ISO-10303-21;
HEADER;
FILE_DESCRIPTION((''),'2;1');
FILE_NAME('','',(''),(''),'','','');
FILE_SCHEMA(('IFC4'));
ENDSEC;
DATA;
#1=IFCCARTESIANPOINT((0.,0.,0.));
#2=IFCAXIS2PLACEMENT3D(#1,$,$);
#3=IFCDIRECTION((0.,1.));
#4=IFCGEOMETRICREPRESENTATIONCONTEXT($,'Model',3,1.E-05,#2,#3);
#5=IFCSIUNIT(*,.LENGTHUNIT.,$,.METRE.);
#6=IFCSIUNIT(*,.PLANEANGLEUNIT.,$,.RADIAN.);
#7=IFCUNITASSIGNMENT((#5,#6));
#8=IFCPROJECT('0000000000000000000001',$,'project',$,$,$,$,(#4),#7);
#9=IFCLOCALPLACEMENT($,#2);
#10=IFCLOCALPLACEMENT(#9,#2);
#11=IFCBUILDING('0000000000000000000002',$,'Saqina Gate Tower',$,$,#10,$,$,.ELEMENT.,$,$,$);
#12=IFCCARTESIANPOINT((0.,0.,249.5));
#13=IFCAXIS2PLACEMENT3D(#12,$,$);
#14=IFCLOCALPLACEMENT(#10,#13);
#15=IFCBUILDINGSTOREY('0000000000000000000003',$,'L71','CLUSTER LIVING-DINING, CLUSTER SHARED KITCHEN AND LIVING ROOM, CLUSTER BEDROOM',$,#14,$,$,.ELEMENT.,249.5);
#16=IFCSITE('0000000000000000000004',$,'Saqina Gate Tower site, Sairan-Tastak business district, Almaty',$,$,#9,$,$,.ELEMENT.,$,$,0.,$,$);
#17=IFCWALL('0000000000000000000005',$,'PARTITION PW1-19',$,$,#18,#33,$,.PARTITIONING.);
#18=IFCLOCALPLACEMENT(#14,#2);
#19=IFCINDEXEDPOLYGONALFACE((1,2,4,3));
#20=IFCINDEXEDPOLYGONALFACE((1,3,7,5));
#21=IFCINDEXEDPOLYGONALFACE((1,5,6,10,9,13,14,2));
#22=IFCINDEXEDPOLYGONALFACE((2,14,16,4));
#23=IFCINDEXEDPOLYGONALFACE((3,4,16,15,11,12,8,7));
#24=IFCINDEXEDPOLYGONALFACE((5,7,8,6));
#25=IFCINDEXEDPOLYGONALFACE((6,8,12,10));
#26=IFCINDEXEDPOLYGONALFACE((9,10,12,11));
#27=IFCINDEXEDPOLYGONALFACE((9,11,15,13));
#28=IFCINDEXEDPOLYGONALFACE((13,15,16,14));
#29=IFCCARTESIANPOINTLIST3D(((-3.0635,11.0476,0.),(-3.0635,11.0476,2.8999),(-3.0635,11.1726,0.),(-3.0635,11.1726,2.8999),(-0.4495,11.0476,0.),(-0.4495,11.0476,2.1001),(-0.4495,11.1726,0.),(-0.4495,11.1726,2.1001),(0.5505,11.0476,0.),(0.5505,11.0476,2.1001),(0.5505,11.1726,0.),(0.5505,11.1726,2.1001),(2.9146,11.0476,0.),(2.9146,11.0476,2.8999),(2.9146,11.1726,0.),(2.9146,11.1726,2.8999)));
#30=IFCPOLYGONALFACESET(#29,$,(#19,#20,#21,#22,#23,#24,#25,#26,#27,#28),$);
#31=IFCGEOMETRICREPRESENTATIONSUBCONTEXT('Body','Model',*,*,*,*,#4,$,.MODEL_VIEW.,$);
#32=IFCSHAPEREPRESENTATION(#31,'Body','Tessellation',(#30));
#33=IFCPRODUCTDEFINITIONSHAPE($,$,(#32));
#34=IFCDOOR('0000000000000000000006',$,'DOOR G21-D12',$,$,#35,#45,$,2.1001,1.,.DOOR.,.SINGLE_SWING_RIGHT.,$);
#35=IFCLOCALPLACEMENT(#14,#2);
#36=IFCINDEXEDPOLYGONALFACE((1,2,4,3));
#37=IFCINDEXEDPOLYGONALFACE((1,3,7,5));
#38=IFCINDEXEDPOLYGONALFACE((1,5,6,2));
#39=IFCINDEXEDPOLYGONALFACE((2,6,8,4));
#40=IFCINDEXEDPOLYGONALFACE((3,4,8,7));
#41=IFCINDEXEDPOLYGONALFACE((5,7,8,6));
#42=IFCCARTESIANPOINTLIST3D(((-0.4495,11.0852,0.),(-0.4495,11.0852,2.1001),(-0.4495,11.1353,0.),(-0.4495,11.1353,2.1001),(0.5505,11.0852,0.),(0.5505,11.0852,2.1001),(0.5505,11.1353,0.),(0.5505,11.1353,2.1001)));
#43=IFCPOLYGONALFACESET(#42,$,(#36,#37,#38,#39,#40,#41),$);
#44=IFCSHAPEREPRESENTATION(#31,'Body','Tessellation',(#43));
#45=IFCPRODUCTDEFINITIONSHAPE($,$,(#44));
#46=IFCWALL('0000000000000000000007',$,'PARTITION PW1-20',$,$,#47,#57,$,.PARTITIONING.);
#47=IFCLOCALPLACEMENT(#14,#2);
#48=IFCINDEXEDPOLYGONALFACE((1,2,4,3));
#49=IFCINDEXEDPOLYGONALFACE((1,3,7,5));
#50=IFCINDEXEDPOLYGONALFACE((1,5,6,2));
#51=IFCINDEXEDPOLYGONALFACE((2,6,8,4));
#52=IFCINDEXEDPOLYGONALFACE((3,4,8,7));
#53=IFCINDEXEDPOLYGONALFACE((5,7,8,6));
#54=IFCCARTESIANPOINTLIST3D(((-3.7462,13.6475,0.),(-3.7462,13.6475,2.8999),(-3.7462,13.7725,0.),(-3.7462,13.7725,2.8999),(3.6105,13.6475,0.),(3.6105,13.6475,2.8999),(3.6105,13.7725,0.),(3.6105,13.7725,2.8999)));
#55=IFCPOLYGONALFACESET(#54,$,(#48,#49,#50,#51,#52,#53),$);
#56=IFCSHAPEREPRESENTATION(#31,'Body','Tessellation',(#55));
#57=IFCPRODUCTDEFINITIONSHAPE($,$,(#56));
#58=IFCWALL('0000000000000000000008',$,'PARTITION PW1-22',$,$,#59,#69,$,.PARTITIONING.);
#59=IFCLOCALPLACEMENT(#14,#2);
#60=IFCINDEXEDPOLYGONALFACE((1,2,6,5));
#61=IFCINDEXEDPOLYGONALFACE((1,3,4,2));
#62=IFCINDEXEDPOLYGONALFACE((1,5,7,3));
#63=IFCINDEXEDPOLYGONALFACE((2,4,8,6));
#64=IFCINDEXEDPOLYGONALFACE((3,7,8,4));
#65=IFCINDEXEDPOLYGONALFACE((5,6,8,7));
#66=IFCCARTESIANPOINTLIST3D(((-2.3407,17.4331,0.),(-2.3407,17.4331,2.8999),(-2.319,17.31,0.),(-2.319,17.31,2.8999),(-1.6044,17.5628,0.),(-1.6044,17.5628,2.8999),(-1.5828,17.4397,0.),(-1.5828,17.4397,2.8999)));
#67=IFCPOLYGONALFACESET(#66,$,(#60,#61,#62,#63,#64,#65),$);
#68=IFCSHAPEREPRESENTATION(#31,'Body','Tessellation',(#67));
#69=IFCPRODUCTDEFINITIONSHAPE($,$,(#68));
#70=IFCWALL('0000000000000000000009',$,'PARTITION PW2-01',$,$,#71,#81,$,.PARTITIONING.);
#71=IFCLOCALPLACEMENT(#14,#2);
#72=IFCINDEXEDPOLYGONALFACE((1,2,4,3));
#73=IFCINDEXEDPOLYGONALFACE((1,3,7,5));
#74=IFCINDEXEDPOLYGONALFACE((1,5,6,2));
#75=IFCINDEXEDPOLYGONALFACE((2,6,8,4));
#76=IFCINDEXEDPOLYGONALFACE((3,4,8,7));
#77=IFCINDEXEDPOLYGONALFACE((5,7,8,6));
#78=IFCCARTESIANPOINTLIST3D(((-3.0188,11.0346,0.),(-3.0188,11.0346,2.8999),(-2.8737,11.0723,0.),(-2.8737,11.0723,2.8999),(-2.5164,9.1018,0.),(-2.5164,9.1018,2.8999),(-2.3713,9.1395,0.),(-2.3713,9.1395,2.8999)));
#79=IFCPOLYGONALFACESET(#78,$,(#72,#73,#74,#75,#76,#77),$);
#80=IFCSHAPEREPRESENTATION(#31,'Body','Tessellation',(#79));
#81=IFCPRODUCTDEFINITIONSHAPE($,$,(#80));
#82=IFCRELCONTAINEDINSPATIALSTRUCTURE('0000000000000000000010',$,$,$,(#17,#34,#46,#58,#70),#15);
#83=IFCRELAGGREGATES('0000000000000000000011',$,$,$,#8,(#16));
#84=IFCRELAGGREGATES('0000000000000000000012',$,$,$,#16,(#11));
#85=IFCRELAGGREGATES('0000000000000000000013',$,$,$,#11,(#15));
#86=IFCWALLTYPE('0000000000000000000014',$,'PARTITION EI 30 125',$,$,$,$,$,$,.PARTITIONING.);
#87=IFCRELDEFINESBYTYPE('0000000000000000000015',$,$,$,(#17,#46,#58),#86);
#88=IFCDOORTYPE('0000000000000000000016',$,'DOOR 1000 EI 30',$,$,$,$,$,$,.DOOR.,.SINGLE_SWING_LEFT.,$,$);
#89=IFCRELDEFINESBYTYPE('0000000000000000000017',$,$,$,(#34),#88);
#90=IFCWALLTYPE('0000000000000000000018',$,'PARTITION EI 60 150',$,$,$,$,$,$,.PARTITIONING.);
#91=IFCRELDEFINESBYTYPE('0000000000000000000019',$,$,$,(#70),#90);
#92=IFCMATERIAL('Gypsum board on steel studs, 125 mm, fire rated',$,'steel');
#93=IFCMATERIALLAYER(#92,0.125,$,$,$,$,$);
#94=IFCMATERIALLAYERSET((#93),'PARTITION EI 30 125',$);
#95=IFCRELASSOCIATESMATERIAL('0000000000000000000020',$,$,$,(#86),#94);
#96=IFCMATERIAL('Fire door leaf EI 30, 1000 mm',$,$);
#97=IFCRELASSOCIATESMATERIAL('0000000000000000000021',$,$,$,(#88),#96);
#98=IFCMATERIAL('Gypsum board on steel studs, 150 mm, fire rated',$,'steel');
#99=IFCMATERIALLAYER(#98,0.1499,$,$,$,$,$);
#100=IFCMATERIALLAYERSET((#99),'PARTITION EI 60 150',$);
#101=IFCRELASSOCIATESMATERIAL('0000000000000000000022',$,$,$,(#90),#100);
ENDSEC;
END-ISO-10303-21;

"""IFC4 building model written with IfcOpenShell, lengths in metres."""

from ifc_helpers import new_model, si_unit, direction, frame, frame_2d, origin, place, context, subcontext, project, spatial, rectangle, extrude, material, layer, layer_set, type_object, element, fill, save


model = new_model("IFC4")

# Units and contexts
model_context = context("Model", 3, precision=1e-05, world=origin(), true_north=direction((0.0, 1.0)))
body_context = subcontext(model_context, "Body", "Model", "MODEL_VIEW")
ifc_project = project(units=[si_unit("LENGTHUNIT", "METRE"), si_unit("PLANEANGLEUNIT", "RADIAN")], contexts=[model_context])

# Site, building, storey
site_placement = place(None, origin())
site = spatial("IfcSite", under=ifc_project, at=site_placement, Name="Saqina Gate Tower site, Sairan-Tastak business district, Almaty", CompositionType="ELEMENT", RefElevation=0.0)
building_placement = place(site_placement, origin())
building = spatial("IfcBuilding", under=site, at=building_placement, Name="Saqina Gate Tower", CompositionType="ELEMENT")
storey_placement = place(building_placement, frame((0.0, 0.0, 249.5)))
storey = spatial("IfcBuildingStorey", under=building, at=storey_placement, Name="L71", Description="CLUSTER LIVING-DINING, CLUSTER SHARED KITCHEN AND LIVING ROOM, CLUSTER BEDROOM", CompositionType="ELEMENT", Elevation=249.5)

# Shared definitions
ifc_material_1 = material(Name="Gypsum board on steel studs, 125 mm, fire rated", Category="steel")
ifc_layer_1 = layer(ifc_material_1, 0.125)
ifc_layer_set_1 = layer_set([ifc_layer_1], Name="PARTITION EI 30 125")
wall_type_1 = type_object("IfcWallType", Name="PARTITION EI 30 125", PredefinedType="PARTITIONING", material=ifc_layer_set_1)

# Wall, opening, door
wall_1_placement = place(storey_placement, frame((-3.0635, 11.1101, 0.0), z_axis=(0.0, 0.0, 1.0), x_axis=(1.0, 0.0, 0.0)))
wall_1 = element("IfcWall", 1, at=wall_1_placement, inside=storey, type_object=wall_type_1, Name="PARTITION PW1-19", PredefinedType="PARTITIONING", context=body_context, shape_type="SweptSolid", body=[
    extrude(rectangle(XDim=5.978, YDim=0.125, at=frame_2d((2.989, 0.0))), origin(), (0.0, 0.0, 1.0), 2.8999),
])
opening_1_placement = place(wall_1_placement, frame((2.614, 0.0, 0.0)))
opening_1 = element("IfcOpeningElement", 2, at=opening_1_placement, cuts=wall_1, PredefinedType="OPENING", context=body_context, shape_type="SweptSolid", body=[
    extrude(rectangle(XDim=1.0, YDim=2.1001, at=frame_2d((0.5, 1.05))), frame((0.0, 0.0745, 0.0), z_axis=(0.0, -1.0, 0.0), x_axis=(1.0, 0.0, 0.0)), (0.0, 0.0, 1.0), 0.1489),
])
ifc_material_2 = material(Name="Fire door leaf EI 30, 1000 mm")
door_type_1 = type_object("IfcDoorType", Name="DOOR 1000 EI 30", OperationType="SINGLE_SWING_LEFT", PredefinedType="DOOR", material=ifc_material_2)
door_1_placement = place(opening_1_placement, frame((1.0, 0.0, 0.0), z_axis=(0.0, 0.0, 1.0), x_axis=(-1.0, 0.0, 0.0)))
door_1 = element("IfcDoor", 3, at=door_1_placement, inside=storey, type_object=door_type_1, Name="DOOR G21-D12", OperationType="SINGLE_SWING_RIGHT", OverallHeight=2.1001, OverallWidth=1.0, PredefinedType="DOOR", context=body_context, shape_type="SweptSolid", body=[
    extrude(rectangle(XDim=1.0, YDim=2.1001, at=frame_2d((0.5, 1.05))), frame((0.0, 0.0249, 0.0), z_axis=(0.0, -1.0, 0.0), x_axis=(1.0, 0.0, 0.0)), (0.0, 0.0, 1.0), 0.05),
])
fill(opening_1, door_1)

# Walls
wall_2_placement = place(storey_placement, frame((-3.7461, 13.71, 0.0), z_axis=(0.0, 0.0, 1.0), x_axis=(1.0, 0.0, 0.0)))
element("IfcWall", 4, at=wall_2_placement, inside=storey, type_object=wall_type_1, Name="PARTITION PW1-20", PredefinedType="PARTITIONING", context=body_context, shape_type="SweptSolid", body=[
    extrude(rectangle(XDim=7.3567, YDim=0.125, at=frame_2d((3.6782, 0.0))), origin(), (0.0, 0.0, 1.0), 2.8999),
])
wall_3_placement = place(storey_placement, frame((-2.3298, 17.3716, 0.0), z_axis=(0.0, 0.0, 1.0), x_axis=(0.984853, 0.173394, 0.0)))
element("IfcWall", 5, at=wall_3_placement, inside=storey, type_object=wall_type_1, Name="PARTITION PW1-22", PredefinedType="PARTITIONING", context=body_context, shape_type="SweptSolid", body=[
    extrude(rectangle(XDim=0.7476, YDim=0.125, at=frame_2d((0.3738, 0.0))), origin(), (0.0, 0.0, 1.0), 2.8999),
])
ifc_material_3 = material(Name="Gypsum board on steel studs, 150 mm, fire rated", Category="steel")
ifc_layer_2 = layer(ifc_material_3, 0.1499)
ifc_layer_set_2 = layer_set([ifc_layer_2], Name="PARTITION EI 60 150")
wall_type_2 = type_object("IfcWallType", Name="PARTITION EI 60 150", PredefinedType="PARTITIONING", material=ifc_layer_set_2)
wall_4_placement = place(storey_placement, frame((-2.9463, 11.0535, 0.0), z_axis=(0.0, 0.0, 1.0), x_axis=(0.251586, -0.967835, 0.0)))
element("IfcWall", 6, at=wall_4_placement, inside=storey, type_object=wall_type_2, Name="PARTITION PW2-01", PredefinedType="PARTITIONING", context=body_context, shape_type="SweptSolid", body=[
    extrude(rectangle(XDim=1.9971, YDim=0.1499, at=frame_2d((0.9985, 0.0))), origin(), (0.0, 0.0, 1.0), 2.8999),
])

save(model, "model.ifc")
